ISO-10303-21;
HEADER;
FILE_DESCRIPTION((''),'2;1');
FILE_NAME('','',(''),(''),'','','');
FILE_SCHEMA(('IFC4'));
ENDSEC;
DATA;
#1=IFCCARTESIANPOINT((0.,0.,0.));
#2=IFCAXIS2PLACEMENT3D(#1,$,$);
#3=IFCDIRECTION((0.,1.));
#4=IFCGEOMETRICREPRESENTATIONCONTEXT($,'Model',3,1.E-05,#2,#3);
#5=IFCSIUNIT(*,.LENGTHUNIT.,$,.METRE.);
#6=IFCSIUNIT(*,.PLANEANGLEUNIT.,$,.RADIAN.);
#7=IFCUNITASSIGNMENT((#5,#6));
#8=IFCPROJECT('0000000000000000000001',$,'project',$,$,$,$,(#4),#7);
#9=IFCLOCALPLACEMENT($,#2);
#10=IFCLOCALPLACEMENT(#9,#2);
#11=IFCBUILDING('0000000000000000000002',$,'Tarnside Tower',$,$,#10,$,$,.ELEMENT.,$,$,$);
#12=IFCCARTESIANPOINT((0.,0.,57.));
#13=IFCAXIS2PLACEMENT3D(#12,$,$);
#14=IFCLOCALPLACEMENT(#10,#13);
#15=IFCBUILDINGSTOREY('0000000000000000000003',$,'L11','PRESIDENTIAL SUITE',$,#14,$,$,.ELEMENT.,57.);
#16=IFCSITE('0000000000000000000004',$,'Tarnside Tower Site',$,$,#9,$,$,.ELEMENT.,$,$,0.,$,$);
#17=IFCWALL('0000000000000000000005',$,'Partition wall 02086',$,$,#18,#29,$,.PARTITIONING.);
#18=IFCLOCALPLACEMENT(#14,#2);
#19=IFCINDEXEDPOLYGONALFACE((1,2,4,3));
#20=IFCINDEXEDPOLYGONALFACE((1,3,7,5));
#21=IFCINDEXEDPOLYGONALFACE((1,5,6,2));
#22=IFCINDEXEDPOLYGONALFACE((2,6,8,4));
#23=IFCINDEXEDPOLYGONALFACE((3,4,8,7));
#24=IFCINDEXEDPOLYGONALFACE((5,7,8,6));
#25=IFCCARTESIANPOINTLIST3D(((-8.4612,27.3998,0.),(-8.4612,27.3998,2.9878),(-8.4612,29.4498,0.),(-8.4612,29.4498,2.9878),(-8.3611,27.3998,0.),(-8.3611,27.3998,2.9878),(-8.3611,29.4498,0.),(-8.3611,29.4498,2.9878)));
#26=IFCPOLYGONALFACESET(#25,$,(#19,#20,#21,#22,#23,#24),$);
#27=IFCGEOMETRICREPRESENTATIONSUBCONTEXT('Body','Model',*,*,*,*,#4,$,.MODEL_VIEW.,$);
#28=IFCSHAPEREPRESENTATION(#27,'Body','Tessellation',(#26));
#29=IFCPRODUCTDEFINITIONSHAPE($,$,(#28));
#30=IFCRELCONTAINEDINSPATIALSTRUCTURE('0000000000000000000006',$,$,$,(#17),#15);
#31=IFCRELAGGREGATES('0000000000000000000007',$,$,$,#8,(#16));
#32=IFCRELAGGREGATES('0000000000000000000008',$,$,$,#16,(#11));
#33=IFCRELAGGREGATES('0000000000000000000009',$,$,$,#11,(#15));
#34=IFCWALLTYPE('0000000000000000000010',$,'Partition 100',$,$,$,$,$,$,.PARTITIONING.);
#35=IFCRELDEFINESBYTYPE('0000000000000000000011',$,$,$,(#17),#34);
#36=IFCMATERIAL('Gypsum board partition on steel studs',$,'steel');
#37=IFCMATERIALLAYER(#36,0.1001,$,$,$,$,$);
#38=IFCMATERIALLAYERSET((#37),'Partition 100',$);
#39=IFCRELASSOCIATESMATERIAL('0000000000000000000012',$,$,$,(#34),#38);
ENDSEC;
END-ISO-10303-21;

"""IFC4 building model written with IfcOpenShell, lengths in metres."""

from ifc_helpers import new_model, si_unit, direction, frame, frame_2d, origin, place, context, subcontext, project, spatial, rectangle, extrude, material, layer, layer_set, type_object, element, save


model = new_model("IFC4")

# Units and contexts
model_context = context("Model", 3, precision=1e-05, world=origin(), true_north=direction((0.0, 1.0)))
body_context = subcontext(model_context, "Body", "Model", "MODEL_VIEW")
ifc_project = project(units=[si_unit("LENGTHUNIT", "METRE"), si_unit("PLANEANGLEUNIT", "RADIAN")], contexts=[model_context])

# Site, building, storey
site_placement = place(None, origin())
site = spatial("IfcSite", under=ifc_project, at=site_placement, Name="Tarnside Tower Site", CompositionType="ELEMENT", RefElevation=0.0)
building_placement = place(site_placement, origin())
building = spatial("IfcBuilding", under=site, at=building_placement, Name="Tarnside Tower", CompositionType="ELEMENT")
storey_placement = place(building_placement, frame((0.0, 0.0, 57.0)))
storey = spatial("IfcBuildingStorey", under=building, at=storey_placement, Name="L11", Description="PRESIDENTIAL SUITE", CompositionType="ELEMENT", Elevation=57.0)

# Shared definitions
ifc_material_1 = material(Name="Gypsum board partition on steel studs", Category="steel")

# Shared definitions
ifc_layer_1 = layer(ifc_material_1, 0.1001)
ifc_layer_set_1 = layer_set([ifc_layer_1], Name="Partition 100")
wall_type_1 = type_object("IfcWallType", Name="Partition 100", PredefinedType="PARTITIONING", material=ifc_layer_set_1)

# Wall
wall_1_placement = place(storey_placement, frame((-8.4111, 27.3999, 0.0), z_axis=(0.0, 0.0, 1.0), x_axis=(0.0, 1.0, 0.0)))
element("IfcWall", 1, at=wall_1_placement, inside=storey, type_object=wall_type_1, Name="Partition wall 02086", PredefinedType="PARTITIONING", context=body_context, shape_type="SweptSolid", body=[
    extrude(rectangle(XDim=2.05, YDim=0.1001, at=frame_2d((1.0249, 0.0))), origin(), (0.0, 0.0, 1.0), 2.9878),
])

save(model, "model.ifc")
